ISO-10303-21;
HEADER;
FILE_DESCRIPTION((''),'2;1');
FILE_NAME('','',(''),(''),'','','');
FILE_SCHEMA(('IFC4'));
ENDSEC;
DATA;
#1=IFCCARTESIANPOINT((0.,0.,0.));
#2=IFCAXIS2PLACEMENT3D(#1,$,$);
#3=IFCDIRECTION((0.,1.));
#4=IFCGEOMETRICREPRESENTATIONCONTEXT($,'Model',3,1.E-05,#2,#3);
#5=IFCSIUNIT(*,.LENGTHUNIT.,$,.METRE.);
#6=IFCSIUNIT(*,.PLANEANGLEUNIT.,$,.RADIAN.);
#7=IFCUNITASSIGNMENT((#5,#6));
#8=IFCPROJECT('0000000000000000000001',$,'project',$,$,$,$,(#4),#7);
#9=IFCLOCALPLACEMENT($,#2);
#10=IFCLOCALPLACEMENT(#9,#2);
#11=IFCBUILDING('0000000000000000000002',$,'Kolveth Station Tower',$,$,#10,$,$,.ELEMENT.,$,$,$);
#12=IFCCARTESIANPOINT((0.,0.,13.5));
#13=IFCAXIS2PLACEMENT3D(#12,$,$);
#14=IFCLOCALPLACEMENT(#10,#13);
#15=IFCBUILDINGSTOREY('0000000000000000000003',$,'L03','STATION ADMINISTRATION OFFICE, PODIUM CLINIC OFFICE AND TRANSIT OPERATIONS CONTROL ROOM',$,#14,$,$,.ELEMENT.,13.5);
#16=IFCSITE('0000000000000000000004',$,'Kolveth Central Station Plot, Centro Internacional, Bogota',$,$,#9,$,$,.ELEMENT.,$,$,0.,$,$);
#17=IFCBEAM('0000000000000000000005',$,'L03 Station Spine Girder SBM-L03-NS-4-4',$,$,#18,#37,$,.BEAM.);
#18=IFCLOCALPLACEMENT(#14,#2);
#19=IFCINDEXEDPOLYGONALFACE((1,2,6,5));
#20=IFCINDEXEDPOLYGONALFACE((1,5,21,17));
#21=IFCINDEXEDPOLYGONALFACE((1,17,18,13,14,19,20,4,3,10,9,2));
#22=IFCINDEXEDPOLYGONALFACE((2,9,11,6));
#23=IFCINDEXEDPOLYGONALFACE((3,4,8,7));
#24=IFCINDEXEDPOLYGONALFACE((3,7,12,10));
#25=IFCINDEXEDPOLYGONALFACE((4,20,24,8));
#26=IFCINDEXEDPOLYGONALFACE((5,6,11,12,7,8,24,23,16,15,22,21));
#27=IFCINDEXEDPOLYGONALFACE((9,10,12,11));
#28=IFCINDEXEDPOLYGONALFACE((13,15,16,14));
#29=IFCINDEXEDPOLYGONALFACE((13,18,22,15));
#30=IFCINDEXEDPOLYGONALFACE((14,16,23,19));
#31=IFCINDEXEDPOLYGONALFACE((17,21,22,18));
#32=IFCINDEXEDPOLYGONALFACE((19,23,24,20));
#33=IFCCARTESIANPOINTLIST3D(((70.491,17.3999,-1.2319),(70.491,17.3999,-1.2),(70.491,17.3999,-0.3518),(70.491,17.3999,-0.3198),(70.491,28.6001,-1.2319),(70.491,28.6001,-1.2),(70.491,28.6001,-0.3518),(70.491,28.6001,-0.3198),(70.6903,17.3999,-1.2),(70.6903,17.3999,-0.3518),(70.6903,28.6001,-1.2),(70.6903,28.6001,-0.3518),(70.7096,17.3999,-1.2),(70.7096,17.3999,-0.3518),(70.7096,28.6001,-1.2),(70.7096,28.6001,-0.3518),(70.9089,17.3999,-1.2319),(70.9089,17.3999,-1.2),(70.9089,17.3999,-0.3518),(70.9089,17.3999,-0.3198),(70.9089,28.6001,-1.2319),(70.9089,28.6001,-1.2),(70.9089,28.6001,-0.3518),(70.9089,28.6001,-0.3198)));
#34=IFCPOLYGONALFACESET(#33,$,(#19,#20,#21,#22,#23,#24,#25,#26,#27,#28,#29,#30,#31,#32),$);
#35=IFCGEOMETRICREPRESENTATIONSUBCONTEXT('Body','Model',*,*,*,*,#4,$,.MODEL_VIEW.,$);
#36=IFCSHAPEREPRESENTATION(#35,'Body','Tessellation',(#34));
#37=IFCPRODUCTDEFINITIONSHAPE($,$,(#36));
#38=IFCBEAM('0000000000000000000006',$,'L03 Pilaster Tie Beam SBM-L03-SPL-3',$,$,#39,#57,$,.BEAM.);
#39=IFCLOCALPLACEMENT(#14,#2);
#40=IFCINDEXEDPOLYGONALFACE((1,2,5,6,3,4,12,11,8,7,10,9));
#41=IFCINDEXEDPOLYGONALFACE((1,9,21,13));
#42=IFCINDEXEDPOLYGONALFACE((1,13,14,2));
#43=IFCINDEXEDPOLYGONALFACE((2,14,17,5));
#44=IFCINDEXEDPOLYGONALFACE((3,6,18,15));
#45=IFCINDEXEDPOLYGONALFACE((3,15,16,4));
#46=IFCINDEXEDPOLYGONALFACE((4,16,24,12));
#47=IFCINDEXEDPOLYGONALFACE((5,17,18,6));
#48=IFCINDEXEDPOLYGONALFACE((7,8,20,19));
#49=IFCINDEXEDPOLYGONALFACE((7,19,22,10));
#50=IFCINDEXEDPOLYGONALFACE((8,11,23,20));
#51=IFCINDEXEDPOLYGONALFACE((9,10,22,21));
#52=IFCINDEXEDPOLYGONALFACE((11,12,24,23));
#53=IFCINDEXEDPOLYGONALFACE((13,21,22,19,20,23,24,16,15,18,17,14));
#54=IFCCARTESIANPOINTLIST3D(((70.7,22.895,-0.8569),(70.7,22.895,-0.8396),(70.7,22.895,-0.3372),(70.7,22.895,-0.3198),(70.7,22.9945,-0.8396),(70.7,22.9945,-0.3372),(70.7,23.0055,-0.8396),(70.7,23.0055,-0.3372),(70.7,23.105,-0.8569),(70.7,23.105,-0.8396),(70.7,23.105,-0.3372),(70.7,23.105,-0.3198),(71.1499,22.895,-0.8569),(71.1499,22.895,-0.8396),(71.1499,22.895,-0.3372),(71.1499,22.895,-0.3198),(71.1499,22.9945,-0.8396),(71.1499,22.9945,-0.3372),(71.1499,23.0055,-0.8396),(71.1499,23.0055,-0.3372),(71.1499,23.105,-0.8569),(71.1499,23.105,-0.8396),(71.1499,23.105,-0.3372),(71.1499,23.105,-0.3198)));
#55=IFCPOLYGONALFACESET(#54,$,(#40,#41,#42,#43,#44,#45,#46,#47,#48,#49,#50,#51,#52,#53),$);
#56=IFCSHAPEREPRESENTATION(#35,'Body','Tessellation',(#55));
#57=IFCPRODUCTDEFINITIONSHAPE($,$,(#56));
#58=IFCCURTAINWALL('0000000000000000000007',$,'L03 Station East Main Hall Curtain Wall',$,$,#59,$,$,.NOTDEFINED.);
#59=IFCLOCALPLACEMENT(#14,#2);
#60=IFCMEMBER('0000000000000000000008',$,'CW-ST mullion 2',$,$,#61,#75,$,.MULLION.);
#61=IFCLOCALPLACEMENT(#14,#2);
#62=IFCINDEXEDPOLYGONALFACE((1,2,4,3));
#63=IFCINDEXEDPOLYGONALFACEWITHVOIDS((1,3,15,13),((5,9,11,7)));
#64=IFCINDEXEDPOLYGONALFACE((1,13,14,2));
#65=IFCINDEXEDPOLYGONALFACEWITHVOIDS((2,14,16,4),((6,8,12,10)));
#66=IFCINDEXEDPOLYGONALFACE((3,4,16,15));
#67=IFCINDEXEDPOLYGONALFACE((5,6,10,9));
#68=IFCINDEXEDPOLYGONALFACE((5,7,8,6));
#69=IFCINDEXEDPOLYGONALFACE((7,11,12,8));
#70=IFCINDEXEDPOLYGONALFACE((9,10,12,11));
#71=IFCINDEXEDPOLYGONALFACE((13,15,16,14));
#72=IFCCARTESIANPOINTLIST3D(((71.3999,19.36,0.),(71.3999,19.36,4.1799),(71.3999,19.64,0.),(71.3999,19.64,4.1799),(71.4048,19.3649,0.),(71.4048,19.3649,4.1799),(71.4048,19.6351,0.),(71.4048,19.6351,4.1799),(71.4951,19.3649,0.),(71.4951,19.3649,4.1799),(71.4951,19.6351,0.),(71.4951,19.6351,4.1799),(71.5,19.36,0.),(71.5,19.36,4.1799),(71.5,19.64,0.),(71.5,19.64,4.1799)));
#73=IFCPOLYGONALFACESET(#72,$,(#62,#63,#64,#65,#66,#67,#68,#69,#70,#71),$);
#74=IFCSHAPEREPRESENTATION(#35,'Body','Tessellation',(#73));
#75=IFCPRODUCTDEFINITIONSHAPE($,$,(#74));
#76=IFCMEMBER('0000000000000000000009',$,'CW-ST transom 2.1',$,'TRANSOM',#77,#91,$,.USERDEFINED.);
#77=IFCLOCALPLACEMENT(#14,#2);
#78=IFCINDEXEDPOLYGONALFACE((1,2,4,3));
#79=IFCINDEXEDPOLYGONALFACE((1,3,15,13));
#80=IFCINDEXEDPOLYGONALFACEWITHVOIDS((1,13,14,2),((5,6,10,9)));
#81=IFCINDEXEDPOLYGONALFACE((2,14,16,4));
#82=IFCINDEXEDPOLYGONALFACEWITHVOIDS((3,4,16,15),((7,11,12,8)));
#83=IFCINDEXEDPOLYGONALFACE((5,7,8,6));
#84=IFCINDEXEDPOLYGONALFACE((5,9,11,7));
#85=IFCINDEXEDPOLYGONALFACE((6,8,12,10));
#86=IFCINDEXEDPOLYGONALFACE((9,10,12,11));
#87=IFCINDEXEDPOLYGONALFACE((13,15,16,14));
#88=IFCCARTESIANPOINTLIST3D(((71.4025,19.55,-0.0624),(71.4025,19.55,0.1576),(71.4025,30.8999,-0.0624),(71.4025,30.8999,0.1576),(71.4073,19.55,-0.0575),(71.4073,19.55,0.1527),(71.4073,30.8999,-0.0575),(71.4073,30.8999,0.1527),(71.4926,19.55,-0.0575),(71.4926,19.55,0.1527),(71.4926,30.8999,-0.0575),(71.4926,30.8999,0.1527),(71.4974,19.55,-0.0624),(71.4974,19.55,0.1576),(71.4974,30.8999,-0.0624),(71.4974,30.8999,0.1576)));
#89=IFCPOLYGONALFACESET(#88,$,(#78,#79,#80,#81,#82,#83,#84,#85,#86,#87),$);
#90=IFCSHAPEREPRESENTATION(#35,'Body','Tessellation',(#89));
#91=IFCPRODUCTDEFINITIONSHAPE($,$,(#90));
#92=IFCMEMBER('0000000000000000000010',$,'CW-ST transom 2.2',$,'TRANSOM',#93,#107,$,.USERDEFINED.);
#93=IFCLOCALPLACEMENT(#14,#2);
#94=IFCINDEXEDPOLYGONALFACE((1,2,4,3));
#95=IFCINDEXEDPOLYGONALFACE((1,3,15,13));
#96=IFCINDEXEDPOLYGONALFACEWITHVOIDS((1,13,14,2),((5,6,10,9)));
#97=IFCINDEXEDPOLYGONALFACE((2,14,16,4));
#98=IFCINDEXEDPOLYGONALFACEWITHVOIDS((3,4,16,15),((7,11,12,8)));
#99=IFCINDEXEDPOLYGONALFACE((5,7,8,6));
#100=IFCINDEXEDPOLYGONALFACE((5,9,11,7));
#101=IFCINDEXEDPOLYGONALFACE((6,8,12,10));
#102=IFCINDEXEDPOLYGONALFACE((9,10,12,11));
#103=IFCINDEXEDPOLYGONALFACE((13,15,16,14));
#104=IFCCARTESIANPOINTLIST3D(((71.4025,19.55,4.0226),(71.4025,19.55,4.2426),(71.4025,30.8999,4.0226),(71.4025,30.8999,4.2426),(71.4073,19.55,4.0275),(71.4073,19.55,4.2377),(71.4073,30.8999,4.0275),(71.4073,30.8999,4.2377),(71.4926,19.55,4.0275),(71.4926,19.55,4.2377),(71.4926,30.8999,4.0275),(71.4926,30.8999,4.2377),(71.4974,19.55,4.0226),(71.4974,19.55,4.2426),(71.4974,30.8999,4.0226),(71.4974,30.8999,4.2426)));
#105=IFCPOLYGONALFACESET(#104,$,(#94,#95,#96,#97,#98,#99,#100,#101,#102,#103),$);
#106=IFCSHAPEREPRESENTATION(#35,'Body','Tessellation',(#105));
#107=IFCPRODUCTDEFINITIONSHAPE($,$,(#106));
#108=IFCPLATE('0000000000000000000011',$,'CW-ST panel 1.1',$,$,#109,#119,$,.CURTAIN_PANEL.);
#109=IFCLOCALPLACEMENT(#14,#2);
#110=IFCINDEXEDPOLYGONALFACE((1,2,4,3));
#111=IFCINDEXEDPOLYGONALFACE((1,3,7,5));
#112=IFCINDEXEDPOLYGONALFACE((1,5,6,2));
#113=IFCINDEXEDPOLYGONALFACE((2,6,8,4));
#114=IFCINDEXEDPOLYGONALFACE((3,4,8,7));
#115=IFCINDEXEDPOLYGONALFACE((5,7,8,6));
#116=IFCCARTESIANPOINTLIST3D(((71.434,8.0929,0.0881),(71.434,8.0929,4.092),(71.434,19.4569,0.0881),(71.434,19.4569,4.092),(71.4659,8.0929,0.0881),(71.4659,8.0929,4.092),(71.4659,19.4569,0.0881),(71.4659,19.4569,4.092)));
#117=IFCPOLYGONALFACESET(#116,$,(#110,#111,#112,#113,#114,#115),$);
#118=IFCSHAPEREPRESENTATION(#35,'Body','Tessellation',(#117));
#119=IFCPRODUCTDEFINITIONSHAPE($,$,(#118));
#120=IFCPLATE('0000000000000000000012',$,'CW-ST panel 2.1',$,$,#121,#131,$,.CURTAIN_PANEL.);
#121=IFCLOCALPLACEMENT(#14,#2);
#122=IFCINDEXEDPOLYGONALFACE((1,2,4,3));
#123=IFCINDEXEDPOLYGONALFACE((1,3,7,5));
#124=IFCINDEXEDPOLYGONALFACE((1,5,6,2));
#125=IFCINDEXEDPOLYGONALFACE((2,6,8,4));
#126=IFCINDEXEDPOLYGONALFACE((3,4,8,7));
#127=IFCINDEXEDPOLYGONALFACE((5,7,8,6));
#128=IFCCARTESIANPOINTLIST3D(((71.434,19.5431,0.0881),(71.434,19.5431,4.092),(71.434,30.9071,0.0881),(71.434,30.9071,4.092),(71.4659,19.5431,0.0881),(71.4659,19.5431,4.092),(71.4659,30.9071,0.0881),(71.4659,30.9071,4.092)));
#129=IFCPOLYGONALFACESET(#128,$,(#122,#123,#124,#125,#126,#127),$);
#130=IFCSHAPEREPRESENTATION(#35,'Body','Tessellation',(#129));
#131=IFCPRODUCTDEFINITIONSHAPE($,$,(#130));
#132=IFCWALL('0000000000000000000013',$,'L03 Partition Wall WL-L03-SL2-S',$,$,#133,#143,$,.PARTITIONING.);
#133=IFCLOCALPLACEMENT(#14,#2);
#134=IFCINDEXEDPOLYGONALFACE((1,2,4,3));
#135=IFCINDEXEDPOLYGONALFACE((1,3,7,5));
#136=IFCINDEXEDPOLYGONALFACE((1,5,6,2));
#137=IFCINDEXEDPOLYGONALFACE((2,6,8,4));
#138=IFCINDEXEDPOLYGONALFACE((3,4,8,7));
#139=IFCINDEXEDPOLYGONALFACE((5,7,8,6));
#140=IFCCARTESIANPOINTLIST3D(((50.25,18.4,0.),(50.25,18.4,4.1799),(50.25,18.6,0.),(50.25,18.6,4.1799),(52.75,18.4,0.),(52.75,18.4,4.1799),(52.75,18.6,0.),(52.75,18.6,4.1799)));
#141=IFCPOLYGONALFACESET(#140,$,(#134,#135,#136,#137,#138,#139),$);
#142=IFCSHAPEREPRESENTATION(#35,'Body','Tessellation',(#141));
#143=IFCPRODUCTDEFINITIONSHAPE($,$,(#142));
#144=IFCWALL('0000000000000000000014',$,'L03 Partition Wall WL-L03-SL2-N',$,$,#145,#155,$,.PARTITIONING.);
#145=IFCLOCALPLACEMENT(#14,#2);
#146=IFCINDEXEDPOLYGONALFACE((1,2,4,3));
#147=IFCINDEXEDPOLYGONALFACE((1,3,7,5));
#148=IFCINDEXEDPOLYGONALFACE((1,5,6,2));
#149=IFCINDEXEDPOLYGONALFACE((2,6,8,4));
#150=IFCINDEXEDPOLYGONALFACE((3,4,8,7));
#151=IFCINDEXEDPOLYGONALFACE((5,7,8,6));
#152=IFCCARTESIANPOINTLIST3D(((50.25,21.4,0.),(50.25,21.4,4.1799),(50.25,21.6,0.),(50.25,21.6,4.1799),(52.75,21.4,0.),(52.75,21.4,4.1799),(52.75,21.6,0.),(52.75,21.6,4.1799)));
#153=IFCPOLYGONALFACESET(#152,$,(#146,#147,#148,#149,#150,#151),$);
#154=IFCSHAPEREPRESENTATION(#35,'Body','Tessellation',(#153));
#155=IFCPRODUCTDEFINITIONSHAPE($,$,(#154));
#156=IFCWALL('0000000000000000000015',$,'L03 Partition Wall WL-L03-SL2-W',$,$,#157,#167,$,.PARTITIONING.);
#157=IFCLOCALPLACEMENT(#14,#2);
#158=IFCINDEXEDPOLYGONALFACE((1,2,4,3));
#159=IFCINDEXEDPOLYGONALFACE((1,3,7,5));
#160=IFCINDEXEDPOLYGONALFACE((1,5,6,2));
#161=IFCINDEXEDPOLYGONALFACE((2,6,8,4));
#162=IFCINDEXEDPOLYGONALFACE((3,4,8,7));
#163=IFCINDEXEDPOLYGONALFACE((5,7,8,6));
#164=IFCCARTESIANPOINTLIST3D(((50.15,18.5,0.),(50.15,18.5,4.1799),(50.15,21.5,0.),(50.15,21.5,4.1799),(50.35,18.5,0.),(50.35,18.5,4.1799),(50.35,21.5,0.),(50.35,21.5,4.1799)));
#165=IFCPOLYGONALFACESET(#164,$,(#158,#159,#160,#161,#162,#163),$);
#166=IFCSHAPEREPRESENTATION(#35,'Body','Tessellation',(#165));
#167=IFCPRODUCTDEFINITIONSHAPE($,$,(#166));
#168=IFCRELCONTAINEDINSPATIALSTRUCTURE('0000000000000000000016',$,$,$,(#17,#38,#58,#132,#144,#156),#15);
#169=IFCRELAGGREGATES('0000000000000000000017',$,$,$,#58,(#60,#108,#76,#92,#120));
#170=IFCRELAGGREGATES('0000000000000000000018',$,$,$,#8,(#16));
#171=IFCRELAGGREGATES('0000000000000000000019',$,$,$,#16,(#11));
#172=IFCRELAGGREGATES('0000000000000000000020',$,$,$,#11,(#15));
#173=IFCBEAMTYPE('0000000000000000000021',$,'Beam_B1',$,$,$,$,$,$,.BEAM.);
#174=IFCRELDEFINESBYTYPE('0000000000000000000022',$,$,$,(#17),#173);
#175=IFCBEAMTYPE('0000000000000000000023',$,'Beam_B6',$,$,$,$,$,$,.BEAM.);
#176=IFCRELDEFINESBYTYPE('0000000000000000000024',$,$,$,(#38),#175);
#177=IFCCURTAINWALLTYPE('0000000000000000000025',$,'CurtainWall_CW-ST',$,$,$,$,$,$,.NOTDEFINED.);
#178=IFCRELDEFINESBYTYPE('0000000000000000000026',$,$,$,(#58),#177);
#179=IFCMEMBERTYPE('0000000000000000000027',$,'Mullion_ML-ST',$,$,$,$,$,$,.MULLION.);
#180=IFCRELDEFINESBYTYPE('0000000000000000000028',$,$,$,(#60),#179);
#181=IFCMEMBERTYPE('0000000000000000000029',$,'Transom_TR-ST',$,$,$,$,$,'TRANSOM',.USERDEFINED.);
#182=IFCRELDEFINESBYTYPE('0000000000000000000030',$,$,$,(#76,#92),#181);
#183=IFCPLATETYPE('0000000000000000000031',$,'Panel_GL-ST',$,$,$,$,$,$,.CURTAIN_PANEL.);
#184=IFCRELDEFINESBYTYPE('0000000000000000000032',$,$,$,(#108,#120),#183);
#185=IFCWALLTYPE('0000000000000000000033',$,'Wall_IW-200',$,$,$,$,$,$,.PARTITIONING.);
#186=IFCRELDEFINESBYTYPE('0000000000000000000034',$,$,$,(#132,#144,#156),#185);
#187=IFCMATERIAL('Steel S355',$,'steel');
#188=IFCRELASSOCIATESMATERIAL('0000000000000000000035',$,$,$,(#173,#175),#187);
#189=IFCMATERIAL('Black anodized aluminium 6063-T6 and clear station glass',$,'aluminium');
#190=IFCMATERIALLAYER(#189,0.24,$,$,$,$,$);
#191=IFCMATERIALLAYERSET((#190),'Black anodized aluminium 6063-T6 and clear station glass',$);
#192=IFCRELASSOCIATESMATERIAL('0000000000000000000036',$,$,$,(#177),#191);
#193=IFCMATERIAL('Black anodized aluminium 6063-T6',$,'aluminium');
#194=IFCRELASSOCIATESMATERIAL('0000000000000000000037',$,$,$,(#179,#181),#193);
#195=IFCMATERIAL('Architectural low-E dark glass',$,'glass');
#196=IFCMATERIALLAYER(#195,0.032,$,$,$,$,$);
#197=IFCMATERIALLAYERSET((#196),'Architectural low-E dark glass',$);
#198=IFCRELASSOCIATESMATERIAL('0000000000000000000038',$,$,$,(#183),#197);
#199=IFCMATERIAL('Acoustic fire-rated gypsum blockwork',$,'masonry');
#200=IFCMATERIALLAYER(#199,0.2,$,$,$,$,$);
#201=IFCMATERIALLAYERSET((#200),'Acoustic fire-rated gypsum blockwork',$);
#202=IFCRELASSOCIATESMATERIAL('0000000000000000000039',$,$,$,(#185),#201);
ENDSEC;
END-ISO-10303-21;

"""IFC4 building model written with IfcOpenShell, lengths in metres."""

from ifc_helpers import new_model, si_unit, direction, frame, frame_2d, origin, origin_2d, place, context, subcontext, project, spatial, rectangle, hollow_rectangle, i_section, extrude, source, transform, mapped, material, layer, layer_set, material_profile, profile_set, type_object, element, aggregate, save


model = new_model("IFC4")

# Units and contexts
model_context = context("Model", 3, precision=1e-05, world=origin(), true_north=direction((0.0, 1.0)))
body_context = subcontext(model_context, "Body", "Model", "MODEL_VIEW")
ifc_project = project(units=[si_unit("LENGTHUNIT", "METRE"), si_unit("PLANEANGLEUNIT", "RADIAN")], contexts=[model_context])

# Site, building, storey
site_placement = place(None, origin())
site = spatial("IfcSite", under=ifc_project, at=site_placement, Name="Kolveth Central Station Plot, Centro Internacional, Bogota", CompositionType="ELEMENT", RefElevation=0.0)
building_placement = place(site_placement, origin())
building = spatial("IfcBuilding", under=site, at=building_placement, Name="Kolveth Station Tower", CompositionType="ELEMENT")
storey_placement = place(building_placement, frame((0.0, 0.0, 13.5)))
storey = spatial("IfcBuildingStorey", under=building, at=storey_placement, Name="L03", Description="STATION ADMINISTRATION OFFICE, PODIUM CLINIC OFFICE AND TRANSIT OPERATIONS CONTROL ROOM", CompositionType="ELEMENT", Elevation=13.5)

# Shared definitions
ifc_material_1 = material(Name="Steel S355", Category="steel")

# Beams
ifc_material_profile_1 = material_profile(ifc_material_1, i_section(OverallWidth=0.418, OverallDepth=0.9121, WebThickness=0.0193, FlangeThickness=0.032, at=origin_2d()), Name="W920x342")
ifc_profile_set_1 = profile_set([ifc_material_profile_1], Name="Steel S355")
beam_type_1 = type_object("IfcBeamType", Name="Beam_B1", PredefinedType="BEAM", material=ifc_profile_set_1)
shared_shape_1 = source(origin(), body_context, "Body", "SweptSolid", [
    extrude(i_section(OverallWidth=0.418, OverallDepth=0.9121, WebThickness=0.0193, FlangeThickness=0.032, at=origin_2d()), origin(), (0.0, 0.0, 1.0), 11.2002),
])
for number, where, z_axis, x_axis, name in (
    (1, (70.7, 17.3999, -0.7759), (0.0, 1.0, 0.0), (-1.0, 0.0, 0.0), "L03 Station Spine Girder SBM-L03-NS-4-4"),
):
    element("IfcBeam", number, at=place(storey_placement, frame(where, z_axis=z_axis, x_axis=x_axis)), inside=storey, type_object=beam_type_1, Name=name, PredefinedType="BEAM", context=body_context, shape_type="MappedRepresentation", body=[
        mapped(shared_shape_1, transform((0.0, 0.0, 0.0), x_axis=(1.0, 0.0, 0.0), y_axis=(0.0, 1.0, 0.0), z_axis=(0.0, 0.0, 1.0), scale=1.0)),
    ])
ifc_material_profile_2 = material_profile(ifc_material_1, i_section(OverallWidth=0.21, OverallDepth=0.5371, WebThickness=0.011, FlangeThickness=0.0173, at=origin_2d()), Name="W530x101")
ifc_profile_set_2 = profile_set([ifc_material_profile_2], Name="Steel S355")
beam_type_2 = type_object("IfcBeamType", Name="Beam_B6", PredefinedType="BEAM", material=ifc_profile_set_2)
shared_shape_2 = source(origin(), body_context, "Body", "SweptSolid", [
    extrude(i_section(OverallWidth=0.21, OverallDepth=0.5371, WebThickness=0.011, FlangeThickness=0.0173, at=origin_2d()), origin(), (0.0, 0.0, 1.0), 0.45),
])
beam_placement = place(storey_placement, frame((70.7, 23.0, -0.5884), z_axis=(1.0, 0.0, 0.0), x_axis=(0.0, 1.0, 0.0)))
element("IfcBeam", 2, at=beam_placement, inside=storey, type_object=beam_type_2, Name="L03 Pilaster Tie Beam SBM-L03-SPL-3", PredefinedType="BEAM", context=body_context, shape_type="MappedRepresentation", body=[
    mapped(shared_shape_2, transform((0.0, 0.0, 0.0), x_axis=(1.0, 0.0, 0.0), y_axis=(0.0, 1.0, 0.0), z_axis=(0.0, 0.0, 1.0), scale=1.0)),
])

# Curtain wall, members, plates
ifc_material_2 = material(Name="Black anodized aluminium 6063-T6 and clear station glass", Category="aluminium")
ifc_layer_1 = layer(ifc_material_2, 0.24)
ifc_layer_set_1 = layer_set([ifc_layer_1], Name="Black anodized aluminium 6063-T6 and clear station glass")
curtain_wall_type = type_object("IfcCurtainWallType", Name="CurtainWall_CW-ST", PredefinedType="NOTDEFINED", material=ifc_layer_set_1)
curtain_wall_placement = place(storey_placement, origin())
curtain_wall = element("IfcCurtainWall", 3, at=curtain_wall_placement, inside=storey, type_object=curtain_wall_type, Name="L03 Station East Main Hall Curtain Wall", PredefinedType="NOTDEFINED")
ifc_material_3 = material(Name="Black anodized aluminium 6063-T6", Category="aluminium")
ifc_material_profile_3 = material_profile(ifc_material_3, hollow_rectangle(XDim=0.1001, YDim=0.28, WallThickness=0.0049, at=origin_2d()), Name="ALU-100x280x5")
ifc_profile_set_3 = profile_set([ifc_material_profile_3], Name="Black anodized aluminium 6063-T6")
member_type_1 = type_object("IfcMemberType", Name="Mullion_ML-ST", PredefinedType="MULLION", material=ifc_profile_set_3)
shared_shape_3 = source(origin(), body_context, "Body", "SweptSolid", [
    extrude(hollow_rectangle(XDim=0.1001, YDim=0.28, WallThickness=0.0049, at=origin_2d()), origin(), (0.0, 0.0, 1.0), 4.1799),
])
member_1_placement = place(storey_placement, frame((71.45, 19.5, 0.0), z_axis=(0.0, 0.0, 1.0), x_axis=(-1.0, 0.0, 0.0)))
member_1 = element("IfcMember", 4, at=member_1_placement, type_object=member_type_1, Name="CW-ST mullion 2", PredefinedType="MULLION", context=body_context, shape_type="MappedRepresentation", body=[
    mapped(shared_shape_3, transform((0.0, 0.0, 0.0), x_axis=(1.0, 0.0, 0.0), y_axis=(0.0, 1.0, 0.0), z_axis=(0.0, 0.0, 1.0), scale=1.0)),
])
ifc_material_profile_4 = material_profile(ifc_material_3, hollow_rectangle(XDim=0.095, YDim=0.22, WallThickness=0.0049, at=origin_2d()), Name="ALU-95x220x5")
ifc_profile_set_4 = profile_set([ifc_material_profile_4], Name="Black anodized aluminium 6063-T6")
member_type_2 = type_object("IfcMemberType", Name="Transom_TR-ST", ElementType="TRANSOM", PredefinedType="USERDEFINED", material=ifc_profile_set_4)
shared_shape_4 = source(origin(), body_context, "Body", "SweptSolid", [
    extrude(hollow_rectangle(XDim=0.095, YDim=0.22, WallThickness=0.0049, at=origin_2d()), origin(), (0.0, 0.0, 1.0), 11.3499),
])
member_2_placement = place(storey_placement, frame((71.45, 19.55, 0.0476), z_axis=(0.0, 1.0, 0.0), x_axis=(-1.0, 0.0, 0.0)))
member_2 = element("IfcMember", 5, at=member_2_placement, type_object=member_type_2, Name="CW-ST transom 2.1", ObjectType="TRANSOM", PredefinedType="USERDEFINED", context=body_context, shape_type="MappedRepresentation", body=[
    mapped(shared_shape_4, transform((0.0, 0.0, 0.0), x_axis=(1.0, 0.0, 0.0), y_axis=(0.0, 1.0, 0.0), z_axis=(0.0, 0.0, 1.0), scale=1.0)),
])
member_3_placement = place(storey_placement, frame((71.45, 19.55, 4.1326), z_axis=(0.0, 1.0, 0.0), x_axis=(-1.0, 0.0, 0.0)))
member_3 = element("IfcMember", 6, at=member_3_placement, type_object=member_type_2, Name="CW-ST transom 2.2", ObjectType="TRANSOM", PredefinedType="USERDEFINED", context=body_context, shape_type="MappedRepresentation", body=[
    mapped(shared_shape_4, transform((0.0, 0.0, 0.0), x_axis=(1.0, 0.0, 0.0), y_axis=(0.0, 1.0, 0.0), z_axis=(0.0, 0.0, 1.0), scale=1.0)),
])
ifc_material_4 = material(Name="Architectural low-E dark glass", Category="glass")
ifc_layer_2 = layer(ifc_material_4, 0.032)
ifc_layer_set_2 = layer_set([ifc_layer_2], Name="Architectural low-E dark glass")
plate_type = type_object("IfcPlateType", Name="Panel_GL-ST", PredefinedType="CURTAIN_PANEL", material=ifc_layer_set_2)
shared_shape_5 = source(origin(), body_context, "Body", "SweptSolid", [
    extrude(rectangle(XDim=11.364, YDim=0.032, at=origin_2d()), origin(), (0.0, 0.0, 1.0), 4.0039),
])
plate_1_placement = place(storey_placement, frame((71.45, 13.7749, 0.0881), z_axis=(0.0, 0.0, 1.0), x_axis=(0.0, 1.0, 0.0)))
plate_1 = element("IfcPlate", 7, at=plate_1_placement, type_object=plate_type, Name="CW-ST panel 1.1", PredefinedType="CURTAIN_PANEL", context=body_context, shape_type="MappedRepresentation", body=[
    mapped(shared_shape_5, transform((0.0, 0.0, 0.0), x_axis=(1.0, 0.0, 0.0), y_axis=(0.0, 1.0, 0.0), z_axis=(0.0, 0.0, 1.0), scale=1.0)),
])
plate_2_placement = place(storey_placement, frame((71.45, 25.2251, 0.0881), z_axis=(0.0, 0.0, 1.0), x_axis=(0.0, 1.0, 0.0)))
plate_2 = element("IfcPlate", 8, at=plate_2_placement, type_object=plate_type, Name="CW-ST panel 2.1", PredefinedType="CURTAIN_PANEL", context=body_context, shape_type="MappedRepresentation", body=[
    mapped(shared_shape_5, transform((0.0, 0.0, 0.0), x_axis=(1.0, 0.0, 0.0), y_axis=(0.0, 1.0, 0.0), z_axis=(0.0, 0.0, 1.0), scale=1.0)),
])
aggregate(curtain_wall, [member_1, plate_1, member_2, member_3, plate_2])

# Walls
ifc_material_5 = material(Name="Acoustic fire-rated gypsum blockwork", Category="masonry")
ifc_layer_3 = layer(ifc_material_5, 0.2)
ifc_layer_set_3 = layer_set([ifc_layer_3], Name="Acoustic fire-rated gypsum blockwork")
wall_type = type_object("IfcWallType", Name="Wall_IW-200", PredefinedType="PARTITIONING", material=ifc_layer_set_3)
for number, where, z_axis, x_axis, name in (
    (9, (50.25, 18.5, 0.0), (0.0, 0.0, 1.0), (1.0, 0.0, 0.0), "L03 Partition Wall WL-L03-SL2-S"),
    (10, (50.25, 21.5, 0.0), (0.0, 0.0, 1.0), (1.0, 0.0, 0.0), "L03 Partition Wall WL-L03-SL2-N"),
):
    element("IfcWall", number, at=place(storey_placement, frame(where, z_axis=z_axis, x_axis=x_axis)), inside=storey, type_object=wall_type, Name=name, PredefinedType="PARTITIONING", context=body_context, shape_type="SweptSolid", body=[
        extrude(rectangle(XDim=2.5, YDim=0.2, at=frame_2d((1.25, 0.0))), origin(), (0.0, 0.0, 1.0), 4.1799),
    ])
wall_1_placement = place(storey_placement, frame((50.25, 18.5, 0.0), z_axis=(0.0, 0.0, 1.0), x_axis=(0.0, 1.0, 0.0)))
element("IfcWall", 11, at=wall_1_placement, inside=storey, type_object=wall_type, Name="L03 Partition Wall WL-L03-SL2-W", PredefinedType="PARTITIONING", context=body_context, shape_type="SweptSolid", body=[
    extrude(rectangle(XDim=3.0, YDim=0.2, at=frame_2d((1.5, 0.0))), origin(), (0.0, 0.0, 1.0), 4.1799),
])

save(model, "model.ifc")
